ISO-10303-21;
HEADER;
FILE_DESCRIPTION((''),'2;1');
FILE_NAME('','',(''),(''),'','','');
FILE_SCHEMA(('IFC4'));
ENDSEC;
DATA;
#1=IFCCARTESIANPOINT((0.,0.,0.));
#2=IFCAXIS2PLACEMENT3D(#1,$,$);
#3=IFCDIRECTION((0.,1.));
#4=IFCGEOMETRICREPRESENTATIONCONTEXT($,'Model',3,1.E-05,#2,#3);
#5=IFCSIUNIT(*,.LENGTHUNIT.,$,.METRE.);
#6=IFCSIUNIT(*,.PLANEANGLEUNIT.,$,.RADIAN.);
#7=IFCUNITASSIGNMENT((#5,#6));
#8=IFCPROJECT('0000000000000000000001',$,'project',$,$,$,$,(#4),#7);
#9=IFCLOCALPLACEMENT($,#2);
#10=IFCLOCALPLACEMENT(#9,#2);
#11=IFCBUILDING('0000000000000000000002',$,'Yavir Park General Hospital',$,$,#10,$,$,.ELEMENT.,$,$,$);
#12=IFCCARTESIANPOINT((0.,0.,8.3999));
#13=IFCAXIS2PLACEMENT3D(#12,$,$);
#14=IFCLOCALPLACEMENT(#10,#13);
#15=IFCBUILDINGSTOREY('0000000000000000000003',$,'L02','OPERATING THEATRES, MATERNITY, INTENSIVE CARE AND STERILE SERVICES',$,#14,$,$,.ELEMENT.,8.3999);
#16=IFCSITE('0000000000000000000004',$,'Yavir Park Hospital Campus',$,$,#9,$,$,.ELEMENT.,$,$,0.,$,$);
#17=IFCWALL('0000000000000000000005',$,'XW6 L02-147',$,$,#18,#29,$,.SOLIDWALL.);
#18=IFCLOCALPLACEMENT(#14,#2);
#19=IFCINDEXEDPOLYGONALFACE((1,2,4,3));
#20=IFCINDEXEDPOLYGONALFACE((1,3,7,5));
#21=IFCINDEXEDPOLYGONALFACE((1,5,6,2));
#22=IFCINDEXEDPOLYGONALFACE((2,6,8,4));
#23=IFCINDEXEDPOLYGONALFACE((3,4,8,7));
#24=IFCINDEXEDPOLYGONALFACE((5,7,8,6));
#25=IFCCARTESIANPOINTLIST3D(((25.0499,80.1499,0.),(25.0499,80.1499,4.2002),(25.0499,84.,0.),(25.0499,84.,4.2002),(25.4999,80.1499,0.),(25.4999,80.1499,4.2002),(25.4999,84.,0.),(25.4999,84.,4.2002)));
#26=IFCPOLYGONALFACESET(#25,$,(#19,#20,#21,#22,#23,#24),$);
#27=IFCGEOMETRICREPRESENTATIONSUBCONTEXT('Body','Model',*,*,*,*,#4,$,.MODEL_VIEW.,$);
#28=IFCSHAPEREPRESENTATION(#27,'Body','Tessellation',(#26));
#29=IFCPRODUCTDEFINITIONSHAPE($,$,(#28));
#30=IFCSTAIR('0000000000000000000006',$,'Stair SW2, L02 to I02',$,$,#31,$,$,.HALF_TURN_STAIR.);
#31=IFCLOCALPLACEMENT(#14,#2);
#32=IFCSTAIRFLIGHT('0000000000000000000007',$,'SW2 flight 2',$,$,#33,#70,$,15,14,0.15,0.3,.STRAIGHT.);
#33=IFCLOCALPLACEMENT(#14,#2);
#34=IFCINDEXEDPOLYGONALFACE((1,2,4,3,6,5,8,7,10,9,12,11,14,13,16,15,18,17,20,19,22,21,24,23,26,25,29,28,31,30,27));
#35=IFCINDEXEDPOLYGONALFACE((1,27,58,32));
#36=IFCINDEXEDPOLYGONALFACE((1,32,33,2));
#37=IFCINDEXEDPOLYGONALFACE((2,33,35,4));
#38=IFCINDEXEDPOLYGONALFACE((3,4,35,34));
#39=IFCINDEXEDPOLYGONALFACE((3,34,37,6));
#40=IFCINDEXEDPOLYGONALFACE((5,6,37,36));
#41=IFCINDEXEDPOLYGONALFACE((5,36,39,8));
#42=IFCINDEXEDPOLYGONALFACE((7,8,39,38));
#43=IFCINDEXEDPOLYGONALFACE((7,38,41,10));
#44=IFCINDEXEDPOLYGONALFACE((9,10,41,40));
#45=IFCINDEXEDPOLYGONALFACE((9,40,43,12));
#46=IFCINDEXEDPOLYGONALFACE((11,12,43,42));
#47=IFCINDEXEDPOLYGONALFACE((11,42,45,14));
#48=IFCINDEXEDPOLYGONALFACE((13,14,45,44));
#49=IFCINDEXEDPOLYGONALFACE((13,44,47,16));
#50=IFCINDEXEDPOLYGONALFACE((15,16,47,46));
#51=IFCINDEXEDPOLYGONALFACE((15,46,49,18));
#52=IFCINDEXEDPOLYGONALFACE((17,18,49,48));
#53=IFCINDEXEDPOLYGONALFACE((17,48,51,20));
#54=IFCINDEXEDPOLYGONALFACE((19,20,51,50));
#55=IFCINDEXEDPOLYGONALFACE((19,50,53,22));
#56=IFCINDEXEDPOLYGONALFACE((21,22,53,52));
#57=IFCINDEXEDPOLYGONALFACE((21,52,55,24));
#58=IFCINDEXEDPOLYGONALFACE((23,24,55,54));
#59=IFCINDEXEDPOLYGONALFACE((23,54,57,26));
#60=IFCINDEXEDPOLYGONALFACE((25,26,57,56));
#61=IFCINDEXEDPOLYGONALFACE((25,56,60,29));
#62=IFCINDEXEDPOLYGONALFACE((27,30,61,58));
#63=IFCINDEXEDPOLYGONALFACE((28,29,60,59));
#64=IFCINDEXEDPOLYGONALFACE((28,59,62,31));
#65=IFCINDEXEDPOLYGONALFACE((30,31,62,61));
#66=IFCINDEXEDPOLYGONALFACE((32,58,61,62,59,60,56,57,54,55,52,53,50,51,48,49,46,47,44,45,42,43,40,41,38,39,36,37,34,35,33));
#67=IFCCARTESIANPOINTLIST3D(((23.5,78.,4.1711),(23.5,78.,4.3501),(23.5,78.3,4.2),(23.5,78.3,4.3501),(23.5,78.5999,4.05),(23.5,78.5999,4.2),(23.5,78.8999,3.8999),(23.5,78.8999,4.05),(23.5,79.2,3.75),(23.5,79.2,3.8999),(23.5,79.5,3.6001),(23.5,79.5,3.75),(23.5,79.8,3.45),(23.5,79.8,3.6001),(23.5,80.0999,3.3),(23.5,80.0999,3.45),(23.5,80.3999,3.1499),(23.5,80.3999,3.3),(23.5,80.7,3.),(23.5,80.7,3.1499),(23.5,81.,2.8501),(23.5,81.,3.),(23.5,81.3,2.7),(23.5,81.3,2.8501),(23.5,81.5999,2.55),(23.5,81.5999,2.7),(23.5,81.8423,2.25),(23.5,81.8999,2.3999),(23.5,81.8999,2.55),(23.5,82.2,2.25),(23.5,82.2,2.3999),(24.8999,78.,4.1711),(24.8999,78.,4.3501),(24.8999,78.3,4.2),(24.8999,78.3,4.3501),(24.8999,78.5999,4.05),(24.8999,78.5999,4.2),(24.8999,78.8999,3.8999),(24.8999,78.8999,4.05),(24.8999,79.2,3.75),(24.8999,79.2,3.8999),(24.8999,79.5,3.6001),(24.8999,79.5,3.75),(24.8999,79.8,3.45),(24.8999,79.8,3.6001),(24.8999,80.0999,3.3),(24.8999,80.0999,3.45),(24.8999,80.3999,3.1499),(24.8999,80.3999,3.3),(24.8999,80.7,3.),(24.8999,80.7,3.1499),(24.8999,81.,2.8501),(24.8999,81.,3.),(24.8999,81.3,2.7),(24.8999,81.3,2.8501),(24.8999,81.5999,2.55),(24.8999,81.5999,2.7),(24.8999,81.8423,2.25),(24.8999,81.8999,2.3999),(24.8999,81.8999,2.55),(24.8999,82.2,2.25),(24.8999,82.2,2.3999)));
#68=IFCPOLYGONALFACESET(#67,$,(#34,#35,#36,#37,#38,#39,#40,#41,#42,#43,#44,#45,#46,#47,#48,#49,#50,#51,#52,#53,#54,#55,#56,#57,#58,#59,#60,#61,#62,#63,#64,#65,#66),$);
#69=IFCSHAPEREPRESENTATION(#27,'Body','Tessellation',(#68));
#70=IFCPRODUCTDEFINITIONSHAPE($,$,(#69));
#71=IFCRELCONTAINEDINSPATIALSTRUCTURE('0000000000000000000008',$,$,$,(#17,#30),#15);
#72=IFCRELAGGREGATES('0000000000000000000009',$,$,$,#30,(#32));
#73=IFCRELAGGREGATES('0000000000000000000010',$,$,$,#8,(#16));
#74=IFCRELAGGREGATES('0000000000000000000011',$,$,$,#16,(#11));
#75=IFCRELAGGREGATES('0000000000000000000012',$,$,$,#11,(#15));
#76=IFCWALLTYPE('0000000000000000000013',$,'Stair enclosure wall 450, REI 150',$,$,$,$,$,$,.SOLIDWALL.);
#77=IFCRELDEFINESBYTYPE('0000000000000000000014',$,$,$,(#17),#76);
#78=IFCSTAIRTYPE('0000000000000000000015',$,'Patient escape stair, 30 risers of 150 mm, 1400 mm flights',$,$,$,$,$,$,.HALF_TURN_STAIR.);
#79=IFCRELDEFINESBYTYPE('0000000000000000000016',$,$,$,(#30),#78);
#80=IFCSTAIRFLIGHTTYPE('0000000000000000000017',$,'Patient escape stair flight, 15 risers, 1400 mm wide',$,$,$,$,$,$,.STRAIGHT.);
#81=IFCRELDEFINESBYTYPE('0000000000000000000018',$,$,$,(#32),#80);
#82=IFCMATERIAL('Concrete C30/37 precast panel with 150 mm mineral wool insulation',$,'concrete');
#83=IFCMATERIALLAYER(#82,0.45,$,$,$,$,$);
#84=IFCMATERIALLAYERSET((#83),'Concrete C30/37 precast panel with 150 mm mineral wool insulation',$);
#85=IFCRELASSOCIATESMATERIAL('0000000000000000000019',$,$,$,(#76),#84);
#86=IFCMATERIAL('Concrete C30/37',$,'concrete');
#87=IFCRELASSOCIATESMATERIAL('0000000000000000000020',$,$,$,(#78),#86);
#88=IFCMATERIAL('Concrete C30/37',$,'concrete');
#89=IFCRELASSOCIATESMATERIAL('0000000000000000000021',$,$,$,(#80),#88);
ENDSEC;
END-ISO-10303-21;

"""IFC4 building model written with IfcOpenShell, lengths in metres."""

from ifc_helpers import new_model, si_unit, direction, frame, frame_2d, origin, place, context, subcontext, project, spatial, polyline, rectangle, outline, extrude, material, layer, layer_set, type_object, element, aggregate, save


model = new_model("IFC4")

# Units and contexts
model_context = context("Model", 3, precision=1e-05, world=origin(), true_north=direction((0.0, 1.0)))
body_context = subcontext(model_context, "Body", "Model", "MODEL_VIEW")
ifc_project = project(units=[si_unit("LENGTHUNIT", "METRE"), si_unit("PLANEANGLEUNIT", "RADIAN")], contexts=[model_context])

# Site, building, storey
site_placement = place(None, origin())
site = spatial("IfcSite", under=ifc_project, at=site_placement, Name="Yavir Park Hospital Campus", CompositionType="ELEMENT", RefElevation=0.0)
building_placement = place(site_placement, origin())
building = spatial("IfcBuilding", under=site, at=building_placement, Name="Yavir Park General Hospital", CompositionType="ELEMENT")
storey_placement = place(building_placement, frame((0.0, 0.0, 8.3999)))
storey = spatial("IfcBuildingStorey", under=building, at=storey_placement, Name="L02", Description="OPERATING THEATRES, MATERNITY, INTENSIVE CARE AND STERILE SERVICES", CompositionType="ELEMENT", Elevation=8.3999)

# Wall
ifc_material_1 = material(Name="Concrete C30/37 precast panel with 150 mm mineral wool insulation", Category="concrete")
ifc_layer_1 = layer(ifc_material_1, 0.45)
ifc_layer_set_1 = layer_set([ifc_layer_1], Name="Concrete C30/37 precast panel with 150 mm mineral wool insulation")
wall_type_1 = type_object("IfcWallType", Name="Stair enclosure wall 450, REI 150", PredefinedType="SOLIDWALL", material=ifc_layer_set_1)
wall_1_placement = place(storey_placement, frame((25.2749, 80.1499, 0.0), z_axis=(0.0, 0.0, 1.0), x_axis=(0.0, 1.0, 0.0)))
element("IfcWall", 1, at=wall_1_placement, inside=storey, type_object=wall_type_1, Name="XW6 L02-147", PredefinedType="SOLIDWALL", context=body_context, shape_type="SweptSolid", body=[
    extrude(rectangle(XDim=3.8501, YDim=0.45, at=frame_2d((1.925, 0.0))), origin(), (0.0, 0.0, 1.0), 4.2002),
])

# Stair, stair flight
ifc_material_2 = material(Name="Concrete C30/37", Category="concrete")
stair_type = type_object("IfcStairType", Name="Patient escape stair, 30 risers of 150 mm, 1400 mm flights", PredefinedType="HALF_TURN_STAIR", material=ifc_material_2)
stair_placement = place(storey_placement, origin())
stair = element("IfcStair", 2, at=stair_placement, inside=storey, type_object=stair_type, Name="Stair SW2, L02 to I02", PredefinedType="HALF_TURN_STAIR")
ifc_material_3 = material(Name="Concrete C30/37", Category="concrete")
stair_flight_type = type_object("IfcStairFlightType", Name="Patient escape stair flight, 15 risers, 1400 mm wide", PredefinedType="STRAIGHT", material=ifc_material_3)
stair_flight_placement = place(storey_placement, frame((24.2, 82.2, 2.25), z_axis=(0.0, 0.0, 1.0), x_axis=(0.0, -1.0, 0.0)))
stair_flight = element("IfcStairFlight", 3, at=stair_flight_placement, type_object=stair_flight_type, Name="SW2 flight 2", NumberOfRisers=15, NumberOfTreads=14, PredefinedType="STRAIGHT", RiserHeight=0.15, TreadLength=0.3, context=body_context, shape_type="SweptSolid", body=[
    extrude(outline(polyline([(0.0, 0.0), (0.0, 0.1499), (0.3, 0.1499), (0.3, 0.3), (0.6001, 0.3), (0.6001, 0.45), (0.8999, 0.45), (0.8999, 0.6001), (1.2, 0.6001), (1.2, 0.75), (1.5, 0.75), (1.5, 0.8999), (1.8, 0.8999), (1.8, 1.05), (2.1001, 1.05), (2.1001, 1.2), (2.3999, 1.2), (2.3999, 1.3501), (2.7, 1.3501), (2.7, 1.5), (3.0, 1.5), (3.0, 1.6499), (3.3, 1.6499), (3.3, 1.8), (3.6001, 1.8), (3.6001, 1.95), (3.8999, 1.95), (3.8999, 2.1001), (4.2, 2.1001), (4.2, 2.25), (4.2, 1.9211), (0.3577, 0.0), (0.0, 0.0)])), frame((0.0, 0.7, 0.0), z_axis=(0.0, -1.0, 0.0), x_axis=(1.0, 0.0, 0.0)), (0.0, 0.0, 1.0), 1.3999),
])
aggregate(stair, [stair_flight])

save(model, "model.ifc")
